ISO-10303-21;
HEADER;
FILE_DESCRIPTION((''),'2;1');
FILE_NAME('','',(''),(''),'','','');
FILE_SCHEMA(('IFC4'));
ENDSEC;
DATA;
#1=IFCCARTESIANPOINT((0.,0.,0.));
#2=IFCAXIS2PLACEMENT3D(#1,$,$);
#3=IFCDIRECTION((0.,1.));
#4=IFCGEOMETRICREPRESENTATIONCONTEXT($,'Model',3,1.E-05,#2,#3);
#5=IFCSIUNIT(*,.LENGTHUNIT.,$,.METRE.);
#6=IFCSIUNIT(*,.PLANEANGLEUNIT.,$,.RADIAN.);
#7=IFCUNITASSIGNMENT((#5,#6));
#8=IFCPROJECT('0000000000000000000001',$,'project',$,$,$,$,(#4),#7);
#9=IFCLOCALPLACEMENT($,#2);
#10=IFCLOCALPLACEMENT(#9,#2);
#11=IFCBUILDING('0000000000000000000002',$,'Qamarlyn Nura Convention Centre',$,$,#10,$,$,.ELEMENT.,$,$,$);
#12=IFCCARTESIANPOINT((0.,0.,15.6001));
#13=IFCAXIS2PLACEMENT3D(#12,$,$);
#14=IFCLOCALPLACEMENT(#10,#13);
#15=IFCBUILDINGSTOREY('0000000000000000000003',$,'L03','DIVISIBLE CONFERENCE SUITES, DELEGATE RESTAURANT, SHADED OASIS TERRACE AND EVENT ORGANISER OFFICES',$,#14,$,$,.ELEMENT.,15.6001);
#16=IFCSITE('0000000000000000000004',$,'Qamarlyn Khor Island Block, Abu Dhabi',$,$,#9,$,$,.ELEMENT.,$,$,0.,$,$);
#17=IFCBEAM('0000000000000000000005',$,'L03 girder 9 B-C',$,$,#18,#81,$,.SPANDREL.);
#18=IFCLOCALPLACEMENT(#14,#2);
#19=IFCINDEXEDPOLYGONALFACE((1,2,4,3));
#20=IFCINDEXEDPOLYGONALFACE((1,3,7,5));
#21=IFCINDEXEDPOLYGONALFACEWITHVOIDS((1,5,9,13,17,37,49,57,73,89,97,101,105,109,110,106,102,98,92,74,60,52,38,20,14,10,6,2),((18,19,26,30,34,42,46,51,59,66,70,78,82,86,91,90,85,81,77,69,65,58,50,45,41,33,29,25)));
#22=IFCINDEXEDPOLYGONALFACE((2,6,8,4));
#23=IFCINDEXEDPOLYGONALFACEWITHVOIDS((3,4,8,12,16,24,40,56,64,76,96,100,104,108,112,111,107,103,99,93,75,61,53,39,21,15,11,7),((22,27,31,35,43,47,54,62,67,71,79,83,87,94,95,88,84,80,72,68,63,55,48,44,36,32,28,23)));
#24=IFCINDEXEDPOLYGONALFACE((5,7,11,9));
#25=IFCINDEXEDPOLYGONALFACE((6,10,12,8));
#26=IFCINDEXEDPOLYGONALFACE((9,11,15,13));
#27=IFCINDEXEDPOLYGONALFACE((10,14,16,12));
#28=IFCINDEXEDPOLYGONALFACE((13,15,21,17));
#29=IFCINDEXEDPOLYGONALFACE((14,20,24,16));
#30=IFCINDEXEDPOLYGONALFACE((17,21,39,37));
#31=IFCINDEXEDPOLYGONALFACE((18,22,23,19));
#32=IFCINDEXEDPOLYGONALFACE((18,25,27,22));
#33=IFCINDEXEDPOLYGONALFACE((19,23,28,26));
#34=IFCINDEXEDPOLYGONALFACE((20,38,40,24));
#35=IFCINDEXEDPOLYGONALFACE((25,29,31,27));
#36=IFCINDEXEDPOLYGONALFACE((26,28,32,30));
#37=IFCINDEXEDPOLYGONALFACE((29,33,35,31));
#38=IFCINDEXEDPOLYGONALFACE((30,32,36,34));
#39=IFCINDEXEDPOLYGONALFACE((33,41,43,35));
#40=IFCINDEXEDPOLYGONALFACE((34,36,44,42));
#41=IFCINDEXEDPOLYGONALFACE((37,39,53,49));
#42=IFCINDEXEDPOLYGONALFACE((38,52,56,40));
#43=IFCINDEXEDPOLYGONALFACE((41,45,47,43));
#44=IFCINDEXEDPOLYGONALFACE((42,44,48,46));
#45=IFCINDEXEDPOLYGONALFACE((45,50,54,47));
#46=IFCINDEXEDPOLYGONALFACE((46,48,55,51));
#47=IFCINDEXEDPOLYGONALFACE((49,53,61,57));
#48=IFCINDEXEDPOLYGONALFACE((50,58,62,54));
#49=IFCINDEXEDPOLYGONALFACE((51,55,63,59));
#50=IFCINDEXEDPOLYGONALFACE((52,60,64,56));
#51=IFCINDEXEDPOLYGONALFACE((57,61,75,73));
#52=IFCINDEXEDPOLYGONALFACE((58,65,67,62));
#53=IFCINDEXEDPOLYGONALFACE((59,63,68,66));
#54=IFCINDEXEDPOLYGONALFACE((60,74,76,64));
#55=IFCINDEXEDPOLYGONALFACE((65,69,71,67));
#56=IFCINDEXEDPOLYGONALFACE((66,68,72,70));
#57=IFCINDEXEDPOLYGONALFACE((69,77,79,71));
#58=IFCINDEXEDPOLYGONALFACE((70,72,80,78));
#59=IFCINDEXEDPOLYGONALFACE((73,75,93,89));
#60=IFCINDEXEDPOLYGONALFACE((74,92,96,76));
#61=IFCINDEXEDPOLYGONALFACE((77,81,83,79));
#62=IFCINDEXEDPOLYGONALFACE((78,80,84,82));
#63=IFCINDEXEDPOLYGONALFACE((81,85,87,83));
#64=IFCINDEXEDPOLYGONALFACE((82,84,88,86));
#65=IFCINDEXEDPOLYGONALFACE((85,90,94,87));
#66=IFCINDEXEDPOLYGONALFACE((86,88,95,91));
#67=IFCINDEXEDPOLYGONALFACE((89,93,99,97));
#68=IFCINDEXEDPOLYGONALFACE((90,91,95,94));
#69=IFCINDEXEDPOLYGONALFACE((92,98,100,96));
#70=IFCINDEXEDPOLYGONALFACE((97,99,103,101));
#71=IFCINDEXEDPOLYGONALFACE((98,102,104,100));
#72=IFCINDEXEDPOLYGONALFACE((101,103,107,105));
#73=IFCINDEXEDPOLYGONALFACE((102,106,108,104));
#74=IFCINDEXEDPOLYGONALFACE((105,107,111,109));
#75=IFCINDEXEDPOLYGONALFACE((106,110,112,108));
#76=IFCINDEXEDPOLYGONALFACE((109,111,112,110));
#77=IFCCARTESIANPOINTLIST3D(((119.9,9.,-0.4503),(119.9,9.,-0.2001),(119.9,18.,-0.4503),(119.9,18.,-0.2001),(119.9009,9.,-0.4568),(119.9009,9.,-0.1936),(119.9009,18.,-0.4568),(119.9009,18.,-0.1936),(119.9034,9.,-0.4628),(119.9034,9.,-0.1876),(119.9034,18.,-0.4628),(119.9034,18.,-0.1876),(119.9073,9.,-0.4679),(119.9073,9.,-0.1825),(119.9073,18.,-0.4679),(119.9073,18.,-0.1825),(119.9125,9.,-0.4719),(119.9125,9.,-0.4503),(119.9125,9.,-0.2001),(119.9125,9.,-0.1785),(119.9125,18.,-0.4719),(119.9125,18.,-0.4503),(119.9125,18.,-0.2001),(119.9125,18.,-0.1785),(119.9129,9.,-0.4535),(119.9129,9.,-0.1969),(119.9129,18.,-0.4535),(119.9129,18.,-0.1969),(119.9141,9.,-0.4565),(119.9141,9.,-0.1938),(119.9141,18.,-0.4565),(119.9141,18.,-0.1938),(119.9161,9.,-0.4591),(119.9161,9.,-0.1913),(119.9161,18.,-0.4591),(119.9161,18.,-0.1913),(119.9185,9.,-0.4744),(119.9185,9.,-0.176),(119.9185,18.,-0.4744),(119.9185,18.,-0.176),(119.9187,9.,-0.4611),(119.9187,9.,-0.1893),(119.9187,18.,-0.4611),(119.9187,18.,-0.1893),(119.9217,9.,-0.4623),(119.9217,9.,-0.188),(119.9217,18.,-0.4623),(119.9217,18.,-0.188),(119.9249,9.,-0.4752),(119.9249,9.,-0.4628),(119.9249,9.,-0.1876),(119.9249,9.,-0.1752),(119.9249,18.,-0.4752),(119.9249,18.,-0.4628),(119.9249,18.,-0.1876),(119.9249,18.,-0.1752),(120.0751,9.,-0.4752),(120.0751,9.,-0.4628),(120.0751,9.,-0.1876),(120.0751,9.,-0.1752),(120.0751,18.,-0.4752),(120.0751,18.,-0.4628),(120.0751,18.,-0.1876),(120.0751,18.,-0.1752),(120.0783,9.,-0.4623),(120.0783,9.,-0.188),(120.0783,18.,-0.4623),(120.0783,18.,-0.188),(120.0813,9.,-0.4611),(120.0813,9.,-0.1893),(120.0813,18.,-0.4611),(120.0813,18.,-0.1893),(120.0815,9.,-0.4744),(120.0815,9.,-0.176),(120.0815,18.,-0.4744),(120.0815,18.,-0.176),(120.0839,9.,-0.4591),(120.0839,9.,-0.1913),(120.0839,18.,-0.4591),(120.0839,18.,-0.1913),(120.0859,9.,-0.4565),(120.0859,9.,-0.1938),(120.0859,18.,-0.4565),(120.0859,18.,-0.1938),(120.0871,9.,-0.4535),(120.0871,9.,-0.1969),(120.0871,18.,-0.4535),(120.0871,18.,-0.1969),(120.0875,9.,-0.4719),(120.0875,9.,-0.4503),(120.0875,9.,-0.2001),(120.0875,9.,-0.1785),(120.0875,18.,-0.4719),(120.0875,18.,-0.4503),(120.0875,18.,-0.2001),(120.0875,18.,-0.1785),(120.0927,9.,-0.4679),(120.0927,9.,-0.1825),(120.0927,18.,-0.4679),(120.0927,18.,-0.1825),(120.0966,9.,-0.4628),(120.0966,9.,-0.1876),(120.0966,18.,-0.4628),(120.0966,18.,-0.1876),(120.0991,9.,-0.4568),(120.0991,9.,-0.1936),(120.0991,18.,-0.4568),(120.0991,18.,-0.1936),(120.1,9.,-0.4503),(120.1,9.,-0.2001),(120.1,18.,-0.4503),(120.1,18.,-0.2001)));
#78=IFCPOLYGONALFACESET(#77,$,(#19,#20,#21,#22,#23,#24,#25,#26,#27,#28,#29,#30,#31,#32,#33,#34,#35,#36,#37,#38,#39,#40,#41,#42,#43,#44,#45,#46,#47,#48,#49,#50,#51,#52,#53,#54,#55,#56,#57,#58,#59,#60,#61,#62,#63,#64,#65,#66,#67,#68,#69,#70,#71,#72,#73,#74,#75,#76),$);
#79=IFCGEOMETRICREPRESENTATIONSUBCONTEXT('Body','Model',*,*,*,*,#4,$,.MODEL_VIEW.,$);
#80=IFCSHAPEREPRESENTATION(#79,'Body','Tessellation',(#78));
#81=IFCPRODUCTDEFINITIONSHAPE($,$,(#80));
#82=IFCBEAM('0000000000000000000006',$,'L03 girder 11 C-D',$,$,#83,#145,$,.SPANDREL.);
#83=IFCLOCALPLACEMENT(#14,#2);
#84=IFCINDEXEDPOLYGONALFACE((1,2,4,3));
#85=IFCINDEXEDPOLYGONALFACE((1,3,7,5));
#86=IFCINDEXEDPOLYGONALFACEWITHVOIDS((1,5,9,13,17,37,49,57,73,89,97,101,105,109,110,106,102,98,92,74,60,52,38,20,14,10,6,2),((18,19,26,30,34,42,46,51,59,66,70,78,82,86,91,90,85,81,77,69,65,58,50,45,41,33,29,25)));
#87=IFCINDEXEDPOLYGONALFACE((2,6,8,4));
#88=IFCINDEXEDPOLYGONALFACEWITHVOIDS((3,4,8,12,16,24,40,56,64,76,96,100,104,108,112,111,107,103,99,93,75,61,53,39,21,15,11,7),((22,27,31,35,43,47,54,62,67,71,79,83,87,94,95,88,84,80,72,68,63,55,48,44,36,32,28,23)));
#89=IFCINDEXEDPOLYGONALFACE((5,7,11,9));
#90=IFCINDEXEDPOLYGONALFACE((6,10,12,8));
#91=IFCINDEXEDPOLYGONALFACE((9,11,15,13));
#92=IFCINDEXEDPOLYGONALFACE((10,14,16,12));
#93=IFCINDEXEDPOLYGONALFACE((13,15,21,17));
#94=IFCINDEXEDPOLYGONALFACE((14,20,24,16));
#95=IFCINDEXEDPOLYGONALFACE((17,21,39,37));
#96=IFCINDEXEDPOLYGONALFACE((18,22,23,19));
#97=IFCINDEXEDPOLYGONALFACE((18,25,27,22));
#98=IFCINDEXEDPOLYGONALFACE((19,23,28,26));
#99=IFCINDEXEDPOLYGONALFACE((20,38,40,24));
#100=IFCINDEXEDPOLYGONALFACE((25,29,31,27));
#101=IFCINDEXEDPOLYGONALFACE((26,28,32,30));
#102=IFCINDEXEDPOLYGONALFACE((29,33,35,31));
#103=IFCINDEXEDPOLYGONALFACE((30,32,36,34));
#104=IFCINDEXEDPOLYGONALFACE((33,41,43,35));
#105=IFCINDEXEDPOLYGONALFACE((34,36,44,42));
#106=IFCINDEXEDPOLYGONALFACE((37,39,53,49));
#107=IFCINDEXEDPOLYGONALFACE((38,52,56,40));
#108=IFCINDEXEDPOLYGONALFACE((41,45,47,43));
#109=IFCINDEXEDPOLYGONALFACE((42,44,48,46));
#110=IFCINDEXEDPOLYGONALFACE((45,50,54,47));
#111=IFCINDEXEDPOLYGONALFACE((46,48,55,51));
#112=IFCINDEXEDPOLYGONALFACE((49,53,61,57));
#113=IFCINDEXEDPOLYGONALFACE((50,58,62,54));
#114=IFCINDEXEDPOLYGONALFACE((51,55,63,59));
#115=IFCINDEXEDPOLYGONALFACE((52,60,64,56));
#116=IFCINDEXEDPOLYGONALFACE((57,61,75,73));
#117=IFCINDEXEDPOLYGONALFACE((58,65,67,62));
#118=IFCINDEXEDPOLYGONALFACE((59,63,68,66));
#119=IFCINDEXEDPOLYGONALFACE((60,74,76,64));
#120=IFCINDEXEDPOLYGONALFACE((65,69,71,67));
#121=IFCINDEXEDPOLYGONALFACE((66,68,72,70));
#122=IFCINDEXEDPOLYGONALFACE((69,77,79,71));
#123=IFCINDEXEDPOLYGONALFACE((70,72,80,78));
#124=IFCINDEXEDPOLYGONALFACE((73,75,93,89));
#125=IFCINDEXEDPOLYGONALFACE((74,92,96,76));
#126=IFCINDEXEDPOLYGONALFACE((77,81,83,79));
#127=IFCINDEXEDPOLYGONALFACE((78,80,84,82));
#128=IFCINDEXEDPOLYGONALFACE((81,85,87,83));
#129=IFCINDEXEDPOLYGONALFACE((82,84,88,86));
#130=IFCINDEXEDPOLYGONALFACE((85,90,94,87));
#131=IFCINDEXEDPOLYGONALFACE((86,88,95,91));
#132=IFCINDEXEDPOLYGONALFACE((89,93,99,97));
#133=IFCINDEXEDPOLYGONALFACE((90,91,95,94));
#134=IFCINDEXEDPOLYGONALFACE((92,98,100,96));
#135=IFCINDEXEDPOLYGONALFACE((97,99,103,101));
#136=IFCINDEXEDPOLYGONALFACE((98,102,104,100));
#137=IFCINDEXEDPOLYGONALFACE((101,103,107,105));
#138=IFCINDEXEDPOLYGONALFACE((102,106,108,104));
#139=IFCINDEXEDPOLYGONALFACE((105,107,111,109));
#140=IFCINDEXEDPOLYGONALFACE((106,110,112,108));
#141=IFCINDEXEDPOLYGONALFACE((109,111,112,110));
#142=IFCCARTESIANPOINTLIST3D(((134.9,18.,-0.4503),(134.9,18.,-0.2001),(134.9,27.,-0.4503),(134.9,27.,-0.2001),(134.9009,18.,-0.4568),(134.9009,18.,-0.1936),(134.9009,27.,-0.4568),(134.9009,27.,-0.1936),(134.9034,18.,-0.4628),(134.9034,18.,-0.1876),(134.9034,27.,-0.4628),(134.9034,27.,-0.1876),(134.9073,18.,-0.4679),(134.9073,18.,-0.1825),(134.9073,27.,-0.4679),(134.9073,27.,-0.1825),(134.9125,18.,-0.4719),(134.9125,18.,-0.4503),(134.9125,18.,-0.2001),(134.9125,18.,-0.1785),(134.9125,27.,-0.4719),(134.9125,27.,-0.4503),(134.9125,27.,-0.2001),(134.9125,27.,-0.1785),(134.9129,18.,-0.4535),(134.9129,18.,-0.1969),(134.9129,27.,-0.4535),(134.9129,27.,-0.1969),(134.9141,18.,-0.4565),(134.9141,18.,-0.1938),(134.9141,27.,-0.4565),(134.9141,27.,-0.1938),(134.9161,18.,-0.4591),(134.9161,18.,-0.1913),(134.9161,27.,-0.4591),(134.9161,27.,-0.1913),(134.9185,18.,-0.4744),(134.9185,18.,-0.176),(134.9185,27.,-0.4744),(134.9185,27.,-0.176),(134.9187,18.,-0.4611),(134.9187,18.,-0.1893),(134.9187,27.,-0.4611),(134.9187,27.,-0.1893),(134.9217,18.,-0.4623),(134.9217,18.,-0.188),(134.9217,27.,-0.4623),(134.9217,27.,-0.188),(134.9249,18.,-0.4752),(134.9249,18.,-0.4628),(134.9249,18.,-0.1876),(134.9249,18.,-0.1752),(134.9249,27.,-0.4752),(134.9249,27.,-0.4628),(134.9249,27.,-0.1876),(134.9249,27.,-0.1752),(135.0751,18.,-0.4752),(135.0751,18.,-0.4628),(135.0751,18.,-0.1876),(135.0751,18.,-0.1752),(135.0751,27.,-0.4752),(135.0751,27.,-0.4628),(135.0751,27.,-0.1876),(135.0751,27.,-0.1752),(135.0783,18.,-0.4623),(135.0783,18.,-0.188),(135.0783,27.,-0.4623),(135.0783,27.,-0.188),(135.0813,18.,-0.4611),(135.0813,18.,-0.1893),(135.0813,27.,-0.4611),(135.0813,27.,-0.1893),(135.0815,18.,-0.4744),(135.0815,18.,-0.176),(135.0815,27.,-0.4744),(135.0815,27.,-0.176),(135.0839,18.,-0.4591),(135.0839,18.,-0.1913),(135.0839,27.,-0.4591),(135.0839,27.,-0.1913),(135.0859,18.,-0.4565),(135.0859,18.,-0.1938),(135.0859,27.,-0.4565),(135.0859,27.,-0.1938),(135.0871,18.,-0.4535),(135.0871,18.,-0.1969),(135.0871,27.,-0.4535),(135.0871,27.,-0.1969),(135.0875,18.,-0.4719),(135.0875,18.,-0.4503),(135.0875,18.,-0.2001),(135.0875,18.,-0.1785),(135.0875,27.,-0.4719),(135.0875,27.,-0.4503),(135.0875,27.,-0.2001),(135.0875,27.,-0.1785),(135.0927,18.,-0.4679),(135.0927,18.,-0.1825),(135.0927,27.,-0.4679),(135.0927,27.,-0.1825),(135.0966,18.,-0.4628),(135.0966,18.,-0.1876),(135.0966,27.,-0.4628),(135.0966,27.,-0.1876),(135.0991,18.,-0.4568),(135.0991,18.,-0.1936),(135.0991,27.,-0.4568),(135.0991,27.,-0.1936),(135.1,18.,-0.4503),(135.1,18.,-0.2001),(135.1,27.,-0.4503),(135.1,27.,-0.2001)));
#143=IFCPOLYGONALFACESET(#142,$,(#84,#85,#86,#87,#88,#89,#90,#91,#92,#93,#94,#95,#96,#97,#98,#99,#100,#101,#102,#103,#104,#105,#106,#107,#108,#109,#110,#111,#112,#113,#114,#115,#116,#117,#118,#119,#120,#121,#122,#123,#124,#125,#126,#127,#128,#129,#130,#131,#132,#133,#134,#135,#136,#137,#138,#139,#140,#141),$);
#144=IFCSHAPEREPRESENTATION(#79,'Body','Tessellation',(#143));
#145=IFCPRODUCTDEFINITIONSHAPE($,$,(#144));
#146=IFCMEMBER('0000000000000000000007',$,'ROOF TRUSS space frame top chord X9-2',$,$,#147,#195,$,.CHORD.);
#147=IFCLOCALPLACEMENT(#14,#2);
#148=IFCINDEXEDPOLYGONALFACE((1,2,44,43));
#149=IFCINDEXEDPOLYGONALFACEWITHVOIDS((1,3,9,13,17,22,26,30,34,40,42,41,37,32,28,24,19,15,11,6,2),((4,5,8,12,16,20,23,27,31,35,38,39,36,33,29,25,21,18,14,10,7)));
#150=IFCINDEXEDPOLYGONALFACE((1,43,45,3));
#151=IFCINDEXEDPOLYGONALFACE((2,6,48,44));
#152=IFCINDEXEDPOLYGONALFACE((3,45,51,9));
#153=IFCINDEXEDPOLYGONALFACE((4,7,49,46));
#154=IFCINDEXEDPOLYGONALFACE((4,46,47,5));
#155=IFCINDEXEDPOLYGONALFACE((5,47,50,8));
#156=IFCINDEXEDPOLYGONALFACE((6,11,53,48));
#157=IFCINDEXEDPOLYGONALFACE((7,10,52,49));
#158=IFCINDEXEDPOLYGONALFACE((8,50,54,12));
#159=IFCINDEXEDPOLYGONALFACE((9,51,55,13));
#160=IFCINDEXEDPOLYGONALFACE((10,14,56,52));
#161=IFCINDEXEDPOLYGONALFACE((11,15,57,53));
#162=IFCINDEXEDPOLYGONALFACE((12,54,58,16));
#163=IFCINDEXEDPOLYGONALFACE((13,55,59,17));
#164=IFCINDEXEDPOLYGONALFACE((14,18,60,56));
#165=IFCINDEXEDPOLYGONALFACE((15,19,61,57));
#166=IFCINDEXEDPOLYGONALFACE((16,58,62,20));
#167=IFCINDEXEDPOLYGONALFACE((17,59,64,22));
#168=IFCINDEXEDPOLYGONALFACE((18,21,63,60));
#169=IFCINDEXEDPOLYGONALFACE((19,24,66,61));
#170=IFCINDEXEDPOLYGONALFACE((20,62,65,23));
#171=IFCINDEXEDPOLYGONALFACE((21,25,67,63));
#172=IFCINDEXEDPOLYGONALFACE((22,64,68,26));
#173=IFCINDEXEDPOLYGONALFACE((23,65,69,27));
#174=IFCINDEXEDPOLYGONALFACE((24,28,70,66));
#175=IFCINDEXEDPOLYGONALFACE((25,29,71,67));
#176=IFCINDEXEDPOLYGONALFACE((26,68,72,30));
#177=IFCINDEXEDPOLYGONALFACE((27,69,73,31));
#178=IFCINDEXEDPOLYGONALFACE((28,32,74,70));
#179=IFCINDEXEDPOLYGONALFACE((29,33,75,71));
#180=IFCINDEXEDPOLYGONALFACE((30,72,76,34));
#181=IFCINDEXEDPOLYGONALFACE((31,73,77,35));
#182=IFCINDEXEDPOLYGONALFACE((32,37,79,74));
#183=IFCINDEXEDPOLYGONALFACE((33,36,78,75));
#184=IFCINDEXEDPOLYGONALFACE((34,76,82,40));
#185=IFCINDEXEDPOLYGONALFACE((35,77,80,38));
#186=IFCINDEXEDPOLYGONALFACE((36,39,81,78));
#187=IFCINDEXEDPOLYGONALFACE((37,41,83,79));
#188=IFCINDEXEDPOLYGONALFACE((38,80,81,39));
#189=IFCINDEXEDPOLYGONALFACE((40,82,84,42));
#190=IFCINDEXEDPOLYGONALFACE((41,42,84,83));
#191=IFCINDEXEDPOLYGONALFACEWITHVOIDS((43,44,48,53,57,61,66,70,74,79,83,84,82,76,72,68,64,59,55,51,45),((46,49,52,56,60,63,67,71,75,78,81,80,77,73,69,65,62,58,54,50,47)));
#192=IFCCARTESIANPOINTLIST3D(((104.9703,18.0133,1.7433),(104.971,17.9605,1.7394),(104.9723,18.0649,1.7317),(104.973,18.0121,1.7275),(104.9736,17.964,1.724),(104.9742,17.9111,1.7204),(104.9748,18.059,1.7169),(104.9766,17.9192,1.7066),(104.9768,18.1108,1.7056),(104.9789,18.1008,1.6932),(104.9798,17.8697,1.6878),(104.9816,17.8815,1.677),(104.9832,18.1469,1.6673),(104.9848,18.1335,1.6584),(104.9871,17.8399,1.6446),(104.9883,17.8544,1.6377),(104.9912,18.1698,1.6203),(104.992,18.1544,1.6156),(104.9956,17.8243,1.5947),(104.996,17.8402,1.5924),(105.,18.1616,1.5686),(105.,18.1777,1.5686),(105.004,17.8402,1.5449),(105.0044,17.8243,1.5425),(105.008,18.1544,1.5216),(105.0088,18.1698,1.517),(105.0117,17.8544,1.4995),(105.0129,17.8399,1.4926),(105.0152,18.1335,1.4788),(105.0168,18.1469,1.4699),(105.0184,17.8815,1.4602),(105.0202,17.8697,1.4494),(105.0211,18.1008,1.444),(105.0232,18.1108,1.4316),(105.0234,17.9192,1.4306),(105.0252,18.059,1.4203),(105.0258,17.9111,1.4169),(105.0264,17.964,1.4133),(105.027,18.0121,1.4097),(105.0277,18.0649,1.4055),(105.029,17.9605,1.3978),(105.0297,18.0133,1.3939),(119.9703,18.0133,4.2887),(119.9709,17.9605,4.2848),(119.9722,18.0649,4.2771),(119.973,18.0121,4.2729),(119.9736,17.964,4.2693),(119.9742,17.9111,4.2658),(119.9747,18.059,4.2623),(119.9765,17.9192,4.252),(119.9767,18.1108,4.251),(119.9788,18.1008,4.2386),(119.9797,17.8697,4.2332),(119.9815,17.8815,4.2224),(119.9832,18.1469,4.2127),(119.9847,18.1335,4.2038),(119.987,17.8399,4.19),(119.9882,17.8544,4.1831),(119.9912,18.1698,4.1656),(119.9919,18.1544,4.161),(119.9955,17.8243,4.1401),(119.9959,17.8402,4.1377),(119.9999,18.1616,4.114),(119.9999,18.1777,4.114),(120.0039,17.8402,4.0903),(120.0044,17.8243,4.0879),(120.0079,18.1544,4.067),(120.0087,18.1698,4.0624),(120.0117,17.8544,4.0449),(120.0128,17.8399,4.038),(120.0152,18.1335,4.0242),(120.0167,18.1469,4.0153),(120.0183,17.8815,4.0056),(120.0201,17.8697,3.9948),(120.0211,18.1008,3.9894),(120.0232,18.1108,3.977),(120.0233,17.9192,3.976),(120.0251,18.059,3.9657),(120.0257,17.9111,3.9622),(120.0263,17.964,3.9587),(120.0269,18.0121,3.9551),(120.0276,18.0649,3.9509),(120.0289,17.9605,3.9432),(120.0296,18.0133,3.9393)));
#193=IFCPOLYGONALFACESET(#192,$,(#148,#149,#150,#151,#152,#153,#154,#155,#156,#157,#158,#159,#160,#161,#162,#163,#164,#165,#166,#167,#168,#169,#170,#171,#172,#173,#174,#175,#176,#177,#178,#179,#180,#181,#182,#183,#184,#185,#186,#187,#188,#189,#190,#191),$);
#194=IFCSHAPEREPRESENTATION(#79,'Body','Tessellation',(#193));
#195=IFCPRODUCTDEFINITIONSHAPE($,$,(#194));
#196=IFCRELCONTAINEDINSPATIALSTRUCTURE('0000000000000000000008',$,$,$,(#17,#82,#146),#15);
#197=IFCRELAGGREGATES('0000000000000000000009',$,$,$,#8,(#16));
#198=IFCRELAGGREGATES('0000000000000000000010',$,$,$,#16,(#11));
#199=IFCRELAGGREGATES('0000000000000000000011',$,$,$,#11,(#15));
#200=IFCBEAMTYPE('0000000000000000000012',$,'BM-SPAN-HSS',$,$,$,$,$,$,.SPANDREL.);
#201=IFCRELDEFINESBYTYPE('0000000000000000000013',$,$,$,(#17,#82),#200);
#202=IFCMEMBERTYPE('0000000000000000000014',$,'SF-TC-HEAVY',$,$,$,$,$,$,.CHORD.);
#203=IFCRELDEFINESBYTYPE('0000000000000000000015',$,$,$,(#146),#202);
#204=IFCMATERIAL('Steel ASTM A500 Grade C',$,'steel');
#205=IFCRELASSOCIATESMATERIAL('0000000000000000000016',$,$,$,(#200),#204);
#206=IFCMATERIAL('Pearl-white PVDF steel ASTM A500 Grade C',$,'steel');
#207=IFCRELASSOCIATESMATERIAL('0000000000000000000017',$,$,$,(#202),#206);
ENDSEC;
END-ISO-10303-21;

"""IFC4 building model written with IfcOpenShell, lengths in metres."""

from ifc_helpers import new_model, si_unit, direction, frame, origin, origin_2d, place, context, subcontext, project, spatial, hollow_rectangle, hollow_circle, extrude, material, material_profile, profile_set, type_object, element, save


model = new_model("IFC4")

# Units and contexts
model_context = context("Model", 3, precision=1e-05, world=origin(), true_north=direction((0.0, 1.0)))
body_context = subcontext(model_context, "Body", "Model", "MODEL_VIEW")
ifc_project = project(units=[si_unit("LENGTHUNIT", "METRE"), si_unit("PLANEANGLEUNIT", "RADIAN")], contexts=[model_context])

# Site, building, storey
site_placement = place(None, origin())
site = spatial("IfcSite", under=ifc_project, at=site_placement, Name="Qamarlyn Khor Island Block, Abu Dhabi", CompositionType="ELEMENT", RefElevation=0.0)
building_placement = place(site_placement, origin())
building = spatial("IfcBuilding", under=site, at=building_placement, Name="Qamarlyn Nura Convention Centre", CompositionType="ELEMENT")
storey_placement = place(building_placement, frame((0.0, 0.0, 15.6001)))
storey = spatial("IfcBuildingStorey", under=building, at=storey_placement, Name="L03", Description="DIVISIBLE CONFERENCE SUITES, DELEGATE RESTAURANT, SHADED OASIS TERRACE AND EVENT ORGANISER OFFICES", CompositionType="ELEMENT", Elevation=15.6001)

# Beams
ifc_material_1 = material(Name="Steel ASTM A500 Grade C", Category="steel")
ifc_material_profile_1 = material_profile(ifc_material_1, hollow_rectangle(XDim=0.2, YDim=0.3, WallThickness=0.0125, InnerFilletRadius=0.0125, OuterFilletRadius=0.0249, at=origin_2d()), Name="HSS300X200X12.5")
ifc_profile_set_1 = profile_set([ifc_material_profile_1], Name="Steel ASTM A500 Grade C")
beam_type_1 = type_object("IfcBeamType", Name="BM-SPAN-HSS", PredefinedType="SPANDREL", material=ifc_profile_set_1)
for number, where, z_axis, x_axis, name in (
    (1, (120.0, 9.0, -0.3252), (0.0, 1.0, 0.0), (-1.0, 0.0, 0.0), "L03 girder 9 B-C"),
    (2, (135.0, 18.0, -0.3252), (0.0, 1.0, 0.0), (-1.0, 0.0, 0.0), "L03 girder 11 C-D"),
):
    element("IfcBeam", number, at=place(storey_placement, frame(where, z_axis=z_axis, x_axis=x_axis)), inside=storey, type_object=beam_type_1, Name=name, PredefinedType="SPANDREL", context=body_context, shape_type="SweptSolid", body=[
        extrude(hollow_rectangle(XDim=0.2, YDim=0.3, WallThickness=0.0125, InnerFilletRadius=0.0125, OuterFilletRadius=0.0249, at=origin_2d()), origin(), (0.0, 0.0, 1.0), 9.0),
    ])

# Member
ifc_material_2 = material(Name="Pearl-white PVDF steel ASTM A500 Grade C", Category="steel")
ifc_material_profile_2 = material_profile(ifc_material_2, hollow_circle(Radius=0.1777, WallThickness=0.0161, at=origin_2d()), Name="CHS355.6X16")
ifc_profile_set_2 = profile_set([ifc_material_profile_2], Name="Pearl-white PVDF steel ASTM A500 Grade C")
member_type_1 = type_object("IfcMemberType", Name="SF-TC-HEAVY", PredefinedType="CHORD", material=ifc_profile_set_2)
member_1_placement = place(storey_placement, frame((105.0, 18.0, 1.5686), z_axis=(0.985906, 0.0, 0.167302), x_axis=(0.0, 1.0, 0.0)))
element("IfcMember", 3, at=member_1_placement, inside=storey, type_object=member_type_1, Name="ROOF TRUSS space frame top chord X9-2", PredefinedType="CHORD", context=body_context, shape_type="SweptSolid", body=[
    extrude(hollow_circle(Radius=0.1777, WallThickness=0.0161, at=origin_2d()), origin(), (0.0, 0.0, 1.0), 15.2144),
])

save(model, "model.ifc")
